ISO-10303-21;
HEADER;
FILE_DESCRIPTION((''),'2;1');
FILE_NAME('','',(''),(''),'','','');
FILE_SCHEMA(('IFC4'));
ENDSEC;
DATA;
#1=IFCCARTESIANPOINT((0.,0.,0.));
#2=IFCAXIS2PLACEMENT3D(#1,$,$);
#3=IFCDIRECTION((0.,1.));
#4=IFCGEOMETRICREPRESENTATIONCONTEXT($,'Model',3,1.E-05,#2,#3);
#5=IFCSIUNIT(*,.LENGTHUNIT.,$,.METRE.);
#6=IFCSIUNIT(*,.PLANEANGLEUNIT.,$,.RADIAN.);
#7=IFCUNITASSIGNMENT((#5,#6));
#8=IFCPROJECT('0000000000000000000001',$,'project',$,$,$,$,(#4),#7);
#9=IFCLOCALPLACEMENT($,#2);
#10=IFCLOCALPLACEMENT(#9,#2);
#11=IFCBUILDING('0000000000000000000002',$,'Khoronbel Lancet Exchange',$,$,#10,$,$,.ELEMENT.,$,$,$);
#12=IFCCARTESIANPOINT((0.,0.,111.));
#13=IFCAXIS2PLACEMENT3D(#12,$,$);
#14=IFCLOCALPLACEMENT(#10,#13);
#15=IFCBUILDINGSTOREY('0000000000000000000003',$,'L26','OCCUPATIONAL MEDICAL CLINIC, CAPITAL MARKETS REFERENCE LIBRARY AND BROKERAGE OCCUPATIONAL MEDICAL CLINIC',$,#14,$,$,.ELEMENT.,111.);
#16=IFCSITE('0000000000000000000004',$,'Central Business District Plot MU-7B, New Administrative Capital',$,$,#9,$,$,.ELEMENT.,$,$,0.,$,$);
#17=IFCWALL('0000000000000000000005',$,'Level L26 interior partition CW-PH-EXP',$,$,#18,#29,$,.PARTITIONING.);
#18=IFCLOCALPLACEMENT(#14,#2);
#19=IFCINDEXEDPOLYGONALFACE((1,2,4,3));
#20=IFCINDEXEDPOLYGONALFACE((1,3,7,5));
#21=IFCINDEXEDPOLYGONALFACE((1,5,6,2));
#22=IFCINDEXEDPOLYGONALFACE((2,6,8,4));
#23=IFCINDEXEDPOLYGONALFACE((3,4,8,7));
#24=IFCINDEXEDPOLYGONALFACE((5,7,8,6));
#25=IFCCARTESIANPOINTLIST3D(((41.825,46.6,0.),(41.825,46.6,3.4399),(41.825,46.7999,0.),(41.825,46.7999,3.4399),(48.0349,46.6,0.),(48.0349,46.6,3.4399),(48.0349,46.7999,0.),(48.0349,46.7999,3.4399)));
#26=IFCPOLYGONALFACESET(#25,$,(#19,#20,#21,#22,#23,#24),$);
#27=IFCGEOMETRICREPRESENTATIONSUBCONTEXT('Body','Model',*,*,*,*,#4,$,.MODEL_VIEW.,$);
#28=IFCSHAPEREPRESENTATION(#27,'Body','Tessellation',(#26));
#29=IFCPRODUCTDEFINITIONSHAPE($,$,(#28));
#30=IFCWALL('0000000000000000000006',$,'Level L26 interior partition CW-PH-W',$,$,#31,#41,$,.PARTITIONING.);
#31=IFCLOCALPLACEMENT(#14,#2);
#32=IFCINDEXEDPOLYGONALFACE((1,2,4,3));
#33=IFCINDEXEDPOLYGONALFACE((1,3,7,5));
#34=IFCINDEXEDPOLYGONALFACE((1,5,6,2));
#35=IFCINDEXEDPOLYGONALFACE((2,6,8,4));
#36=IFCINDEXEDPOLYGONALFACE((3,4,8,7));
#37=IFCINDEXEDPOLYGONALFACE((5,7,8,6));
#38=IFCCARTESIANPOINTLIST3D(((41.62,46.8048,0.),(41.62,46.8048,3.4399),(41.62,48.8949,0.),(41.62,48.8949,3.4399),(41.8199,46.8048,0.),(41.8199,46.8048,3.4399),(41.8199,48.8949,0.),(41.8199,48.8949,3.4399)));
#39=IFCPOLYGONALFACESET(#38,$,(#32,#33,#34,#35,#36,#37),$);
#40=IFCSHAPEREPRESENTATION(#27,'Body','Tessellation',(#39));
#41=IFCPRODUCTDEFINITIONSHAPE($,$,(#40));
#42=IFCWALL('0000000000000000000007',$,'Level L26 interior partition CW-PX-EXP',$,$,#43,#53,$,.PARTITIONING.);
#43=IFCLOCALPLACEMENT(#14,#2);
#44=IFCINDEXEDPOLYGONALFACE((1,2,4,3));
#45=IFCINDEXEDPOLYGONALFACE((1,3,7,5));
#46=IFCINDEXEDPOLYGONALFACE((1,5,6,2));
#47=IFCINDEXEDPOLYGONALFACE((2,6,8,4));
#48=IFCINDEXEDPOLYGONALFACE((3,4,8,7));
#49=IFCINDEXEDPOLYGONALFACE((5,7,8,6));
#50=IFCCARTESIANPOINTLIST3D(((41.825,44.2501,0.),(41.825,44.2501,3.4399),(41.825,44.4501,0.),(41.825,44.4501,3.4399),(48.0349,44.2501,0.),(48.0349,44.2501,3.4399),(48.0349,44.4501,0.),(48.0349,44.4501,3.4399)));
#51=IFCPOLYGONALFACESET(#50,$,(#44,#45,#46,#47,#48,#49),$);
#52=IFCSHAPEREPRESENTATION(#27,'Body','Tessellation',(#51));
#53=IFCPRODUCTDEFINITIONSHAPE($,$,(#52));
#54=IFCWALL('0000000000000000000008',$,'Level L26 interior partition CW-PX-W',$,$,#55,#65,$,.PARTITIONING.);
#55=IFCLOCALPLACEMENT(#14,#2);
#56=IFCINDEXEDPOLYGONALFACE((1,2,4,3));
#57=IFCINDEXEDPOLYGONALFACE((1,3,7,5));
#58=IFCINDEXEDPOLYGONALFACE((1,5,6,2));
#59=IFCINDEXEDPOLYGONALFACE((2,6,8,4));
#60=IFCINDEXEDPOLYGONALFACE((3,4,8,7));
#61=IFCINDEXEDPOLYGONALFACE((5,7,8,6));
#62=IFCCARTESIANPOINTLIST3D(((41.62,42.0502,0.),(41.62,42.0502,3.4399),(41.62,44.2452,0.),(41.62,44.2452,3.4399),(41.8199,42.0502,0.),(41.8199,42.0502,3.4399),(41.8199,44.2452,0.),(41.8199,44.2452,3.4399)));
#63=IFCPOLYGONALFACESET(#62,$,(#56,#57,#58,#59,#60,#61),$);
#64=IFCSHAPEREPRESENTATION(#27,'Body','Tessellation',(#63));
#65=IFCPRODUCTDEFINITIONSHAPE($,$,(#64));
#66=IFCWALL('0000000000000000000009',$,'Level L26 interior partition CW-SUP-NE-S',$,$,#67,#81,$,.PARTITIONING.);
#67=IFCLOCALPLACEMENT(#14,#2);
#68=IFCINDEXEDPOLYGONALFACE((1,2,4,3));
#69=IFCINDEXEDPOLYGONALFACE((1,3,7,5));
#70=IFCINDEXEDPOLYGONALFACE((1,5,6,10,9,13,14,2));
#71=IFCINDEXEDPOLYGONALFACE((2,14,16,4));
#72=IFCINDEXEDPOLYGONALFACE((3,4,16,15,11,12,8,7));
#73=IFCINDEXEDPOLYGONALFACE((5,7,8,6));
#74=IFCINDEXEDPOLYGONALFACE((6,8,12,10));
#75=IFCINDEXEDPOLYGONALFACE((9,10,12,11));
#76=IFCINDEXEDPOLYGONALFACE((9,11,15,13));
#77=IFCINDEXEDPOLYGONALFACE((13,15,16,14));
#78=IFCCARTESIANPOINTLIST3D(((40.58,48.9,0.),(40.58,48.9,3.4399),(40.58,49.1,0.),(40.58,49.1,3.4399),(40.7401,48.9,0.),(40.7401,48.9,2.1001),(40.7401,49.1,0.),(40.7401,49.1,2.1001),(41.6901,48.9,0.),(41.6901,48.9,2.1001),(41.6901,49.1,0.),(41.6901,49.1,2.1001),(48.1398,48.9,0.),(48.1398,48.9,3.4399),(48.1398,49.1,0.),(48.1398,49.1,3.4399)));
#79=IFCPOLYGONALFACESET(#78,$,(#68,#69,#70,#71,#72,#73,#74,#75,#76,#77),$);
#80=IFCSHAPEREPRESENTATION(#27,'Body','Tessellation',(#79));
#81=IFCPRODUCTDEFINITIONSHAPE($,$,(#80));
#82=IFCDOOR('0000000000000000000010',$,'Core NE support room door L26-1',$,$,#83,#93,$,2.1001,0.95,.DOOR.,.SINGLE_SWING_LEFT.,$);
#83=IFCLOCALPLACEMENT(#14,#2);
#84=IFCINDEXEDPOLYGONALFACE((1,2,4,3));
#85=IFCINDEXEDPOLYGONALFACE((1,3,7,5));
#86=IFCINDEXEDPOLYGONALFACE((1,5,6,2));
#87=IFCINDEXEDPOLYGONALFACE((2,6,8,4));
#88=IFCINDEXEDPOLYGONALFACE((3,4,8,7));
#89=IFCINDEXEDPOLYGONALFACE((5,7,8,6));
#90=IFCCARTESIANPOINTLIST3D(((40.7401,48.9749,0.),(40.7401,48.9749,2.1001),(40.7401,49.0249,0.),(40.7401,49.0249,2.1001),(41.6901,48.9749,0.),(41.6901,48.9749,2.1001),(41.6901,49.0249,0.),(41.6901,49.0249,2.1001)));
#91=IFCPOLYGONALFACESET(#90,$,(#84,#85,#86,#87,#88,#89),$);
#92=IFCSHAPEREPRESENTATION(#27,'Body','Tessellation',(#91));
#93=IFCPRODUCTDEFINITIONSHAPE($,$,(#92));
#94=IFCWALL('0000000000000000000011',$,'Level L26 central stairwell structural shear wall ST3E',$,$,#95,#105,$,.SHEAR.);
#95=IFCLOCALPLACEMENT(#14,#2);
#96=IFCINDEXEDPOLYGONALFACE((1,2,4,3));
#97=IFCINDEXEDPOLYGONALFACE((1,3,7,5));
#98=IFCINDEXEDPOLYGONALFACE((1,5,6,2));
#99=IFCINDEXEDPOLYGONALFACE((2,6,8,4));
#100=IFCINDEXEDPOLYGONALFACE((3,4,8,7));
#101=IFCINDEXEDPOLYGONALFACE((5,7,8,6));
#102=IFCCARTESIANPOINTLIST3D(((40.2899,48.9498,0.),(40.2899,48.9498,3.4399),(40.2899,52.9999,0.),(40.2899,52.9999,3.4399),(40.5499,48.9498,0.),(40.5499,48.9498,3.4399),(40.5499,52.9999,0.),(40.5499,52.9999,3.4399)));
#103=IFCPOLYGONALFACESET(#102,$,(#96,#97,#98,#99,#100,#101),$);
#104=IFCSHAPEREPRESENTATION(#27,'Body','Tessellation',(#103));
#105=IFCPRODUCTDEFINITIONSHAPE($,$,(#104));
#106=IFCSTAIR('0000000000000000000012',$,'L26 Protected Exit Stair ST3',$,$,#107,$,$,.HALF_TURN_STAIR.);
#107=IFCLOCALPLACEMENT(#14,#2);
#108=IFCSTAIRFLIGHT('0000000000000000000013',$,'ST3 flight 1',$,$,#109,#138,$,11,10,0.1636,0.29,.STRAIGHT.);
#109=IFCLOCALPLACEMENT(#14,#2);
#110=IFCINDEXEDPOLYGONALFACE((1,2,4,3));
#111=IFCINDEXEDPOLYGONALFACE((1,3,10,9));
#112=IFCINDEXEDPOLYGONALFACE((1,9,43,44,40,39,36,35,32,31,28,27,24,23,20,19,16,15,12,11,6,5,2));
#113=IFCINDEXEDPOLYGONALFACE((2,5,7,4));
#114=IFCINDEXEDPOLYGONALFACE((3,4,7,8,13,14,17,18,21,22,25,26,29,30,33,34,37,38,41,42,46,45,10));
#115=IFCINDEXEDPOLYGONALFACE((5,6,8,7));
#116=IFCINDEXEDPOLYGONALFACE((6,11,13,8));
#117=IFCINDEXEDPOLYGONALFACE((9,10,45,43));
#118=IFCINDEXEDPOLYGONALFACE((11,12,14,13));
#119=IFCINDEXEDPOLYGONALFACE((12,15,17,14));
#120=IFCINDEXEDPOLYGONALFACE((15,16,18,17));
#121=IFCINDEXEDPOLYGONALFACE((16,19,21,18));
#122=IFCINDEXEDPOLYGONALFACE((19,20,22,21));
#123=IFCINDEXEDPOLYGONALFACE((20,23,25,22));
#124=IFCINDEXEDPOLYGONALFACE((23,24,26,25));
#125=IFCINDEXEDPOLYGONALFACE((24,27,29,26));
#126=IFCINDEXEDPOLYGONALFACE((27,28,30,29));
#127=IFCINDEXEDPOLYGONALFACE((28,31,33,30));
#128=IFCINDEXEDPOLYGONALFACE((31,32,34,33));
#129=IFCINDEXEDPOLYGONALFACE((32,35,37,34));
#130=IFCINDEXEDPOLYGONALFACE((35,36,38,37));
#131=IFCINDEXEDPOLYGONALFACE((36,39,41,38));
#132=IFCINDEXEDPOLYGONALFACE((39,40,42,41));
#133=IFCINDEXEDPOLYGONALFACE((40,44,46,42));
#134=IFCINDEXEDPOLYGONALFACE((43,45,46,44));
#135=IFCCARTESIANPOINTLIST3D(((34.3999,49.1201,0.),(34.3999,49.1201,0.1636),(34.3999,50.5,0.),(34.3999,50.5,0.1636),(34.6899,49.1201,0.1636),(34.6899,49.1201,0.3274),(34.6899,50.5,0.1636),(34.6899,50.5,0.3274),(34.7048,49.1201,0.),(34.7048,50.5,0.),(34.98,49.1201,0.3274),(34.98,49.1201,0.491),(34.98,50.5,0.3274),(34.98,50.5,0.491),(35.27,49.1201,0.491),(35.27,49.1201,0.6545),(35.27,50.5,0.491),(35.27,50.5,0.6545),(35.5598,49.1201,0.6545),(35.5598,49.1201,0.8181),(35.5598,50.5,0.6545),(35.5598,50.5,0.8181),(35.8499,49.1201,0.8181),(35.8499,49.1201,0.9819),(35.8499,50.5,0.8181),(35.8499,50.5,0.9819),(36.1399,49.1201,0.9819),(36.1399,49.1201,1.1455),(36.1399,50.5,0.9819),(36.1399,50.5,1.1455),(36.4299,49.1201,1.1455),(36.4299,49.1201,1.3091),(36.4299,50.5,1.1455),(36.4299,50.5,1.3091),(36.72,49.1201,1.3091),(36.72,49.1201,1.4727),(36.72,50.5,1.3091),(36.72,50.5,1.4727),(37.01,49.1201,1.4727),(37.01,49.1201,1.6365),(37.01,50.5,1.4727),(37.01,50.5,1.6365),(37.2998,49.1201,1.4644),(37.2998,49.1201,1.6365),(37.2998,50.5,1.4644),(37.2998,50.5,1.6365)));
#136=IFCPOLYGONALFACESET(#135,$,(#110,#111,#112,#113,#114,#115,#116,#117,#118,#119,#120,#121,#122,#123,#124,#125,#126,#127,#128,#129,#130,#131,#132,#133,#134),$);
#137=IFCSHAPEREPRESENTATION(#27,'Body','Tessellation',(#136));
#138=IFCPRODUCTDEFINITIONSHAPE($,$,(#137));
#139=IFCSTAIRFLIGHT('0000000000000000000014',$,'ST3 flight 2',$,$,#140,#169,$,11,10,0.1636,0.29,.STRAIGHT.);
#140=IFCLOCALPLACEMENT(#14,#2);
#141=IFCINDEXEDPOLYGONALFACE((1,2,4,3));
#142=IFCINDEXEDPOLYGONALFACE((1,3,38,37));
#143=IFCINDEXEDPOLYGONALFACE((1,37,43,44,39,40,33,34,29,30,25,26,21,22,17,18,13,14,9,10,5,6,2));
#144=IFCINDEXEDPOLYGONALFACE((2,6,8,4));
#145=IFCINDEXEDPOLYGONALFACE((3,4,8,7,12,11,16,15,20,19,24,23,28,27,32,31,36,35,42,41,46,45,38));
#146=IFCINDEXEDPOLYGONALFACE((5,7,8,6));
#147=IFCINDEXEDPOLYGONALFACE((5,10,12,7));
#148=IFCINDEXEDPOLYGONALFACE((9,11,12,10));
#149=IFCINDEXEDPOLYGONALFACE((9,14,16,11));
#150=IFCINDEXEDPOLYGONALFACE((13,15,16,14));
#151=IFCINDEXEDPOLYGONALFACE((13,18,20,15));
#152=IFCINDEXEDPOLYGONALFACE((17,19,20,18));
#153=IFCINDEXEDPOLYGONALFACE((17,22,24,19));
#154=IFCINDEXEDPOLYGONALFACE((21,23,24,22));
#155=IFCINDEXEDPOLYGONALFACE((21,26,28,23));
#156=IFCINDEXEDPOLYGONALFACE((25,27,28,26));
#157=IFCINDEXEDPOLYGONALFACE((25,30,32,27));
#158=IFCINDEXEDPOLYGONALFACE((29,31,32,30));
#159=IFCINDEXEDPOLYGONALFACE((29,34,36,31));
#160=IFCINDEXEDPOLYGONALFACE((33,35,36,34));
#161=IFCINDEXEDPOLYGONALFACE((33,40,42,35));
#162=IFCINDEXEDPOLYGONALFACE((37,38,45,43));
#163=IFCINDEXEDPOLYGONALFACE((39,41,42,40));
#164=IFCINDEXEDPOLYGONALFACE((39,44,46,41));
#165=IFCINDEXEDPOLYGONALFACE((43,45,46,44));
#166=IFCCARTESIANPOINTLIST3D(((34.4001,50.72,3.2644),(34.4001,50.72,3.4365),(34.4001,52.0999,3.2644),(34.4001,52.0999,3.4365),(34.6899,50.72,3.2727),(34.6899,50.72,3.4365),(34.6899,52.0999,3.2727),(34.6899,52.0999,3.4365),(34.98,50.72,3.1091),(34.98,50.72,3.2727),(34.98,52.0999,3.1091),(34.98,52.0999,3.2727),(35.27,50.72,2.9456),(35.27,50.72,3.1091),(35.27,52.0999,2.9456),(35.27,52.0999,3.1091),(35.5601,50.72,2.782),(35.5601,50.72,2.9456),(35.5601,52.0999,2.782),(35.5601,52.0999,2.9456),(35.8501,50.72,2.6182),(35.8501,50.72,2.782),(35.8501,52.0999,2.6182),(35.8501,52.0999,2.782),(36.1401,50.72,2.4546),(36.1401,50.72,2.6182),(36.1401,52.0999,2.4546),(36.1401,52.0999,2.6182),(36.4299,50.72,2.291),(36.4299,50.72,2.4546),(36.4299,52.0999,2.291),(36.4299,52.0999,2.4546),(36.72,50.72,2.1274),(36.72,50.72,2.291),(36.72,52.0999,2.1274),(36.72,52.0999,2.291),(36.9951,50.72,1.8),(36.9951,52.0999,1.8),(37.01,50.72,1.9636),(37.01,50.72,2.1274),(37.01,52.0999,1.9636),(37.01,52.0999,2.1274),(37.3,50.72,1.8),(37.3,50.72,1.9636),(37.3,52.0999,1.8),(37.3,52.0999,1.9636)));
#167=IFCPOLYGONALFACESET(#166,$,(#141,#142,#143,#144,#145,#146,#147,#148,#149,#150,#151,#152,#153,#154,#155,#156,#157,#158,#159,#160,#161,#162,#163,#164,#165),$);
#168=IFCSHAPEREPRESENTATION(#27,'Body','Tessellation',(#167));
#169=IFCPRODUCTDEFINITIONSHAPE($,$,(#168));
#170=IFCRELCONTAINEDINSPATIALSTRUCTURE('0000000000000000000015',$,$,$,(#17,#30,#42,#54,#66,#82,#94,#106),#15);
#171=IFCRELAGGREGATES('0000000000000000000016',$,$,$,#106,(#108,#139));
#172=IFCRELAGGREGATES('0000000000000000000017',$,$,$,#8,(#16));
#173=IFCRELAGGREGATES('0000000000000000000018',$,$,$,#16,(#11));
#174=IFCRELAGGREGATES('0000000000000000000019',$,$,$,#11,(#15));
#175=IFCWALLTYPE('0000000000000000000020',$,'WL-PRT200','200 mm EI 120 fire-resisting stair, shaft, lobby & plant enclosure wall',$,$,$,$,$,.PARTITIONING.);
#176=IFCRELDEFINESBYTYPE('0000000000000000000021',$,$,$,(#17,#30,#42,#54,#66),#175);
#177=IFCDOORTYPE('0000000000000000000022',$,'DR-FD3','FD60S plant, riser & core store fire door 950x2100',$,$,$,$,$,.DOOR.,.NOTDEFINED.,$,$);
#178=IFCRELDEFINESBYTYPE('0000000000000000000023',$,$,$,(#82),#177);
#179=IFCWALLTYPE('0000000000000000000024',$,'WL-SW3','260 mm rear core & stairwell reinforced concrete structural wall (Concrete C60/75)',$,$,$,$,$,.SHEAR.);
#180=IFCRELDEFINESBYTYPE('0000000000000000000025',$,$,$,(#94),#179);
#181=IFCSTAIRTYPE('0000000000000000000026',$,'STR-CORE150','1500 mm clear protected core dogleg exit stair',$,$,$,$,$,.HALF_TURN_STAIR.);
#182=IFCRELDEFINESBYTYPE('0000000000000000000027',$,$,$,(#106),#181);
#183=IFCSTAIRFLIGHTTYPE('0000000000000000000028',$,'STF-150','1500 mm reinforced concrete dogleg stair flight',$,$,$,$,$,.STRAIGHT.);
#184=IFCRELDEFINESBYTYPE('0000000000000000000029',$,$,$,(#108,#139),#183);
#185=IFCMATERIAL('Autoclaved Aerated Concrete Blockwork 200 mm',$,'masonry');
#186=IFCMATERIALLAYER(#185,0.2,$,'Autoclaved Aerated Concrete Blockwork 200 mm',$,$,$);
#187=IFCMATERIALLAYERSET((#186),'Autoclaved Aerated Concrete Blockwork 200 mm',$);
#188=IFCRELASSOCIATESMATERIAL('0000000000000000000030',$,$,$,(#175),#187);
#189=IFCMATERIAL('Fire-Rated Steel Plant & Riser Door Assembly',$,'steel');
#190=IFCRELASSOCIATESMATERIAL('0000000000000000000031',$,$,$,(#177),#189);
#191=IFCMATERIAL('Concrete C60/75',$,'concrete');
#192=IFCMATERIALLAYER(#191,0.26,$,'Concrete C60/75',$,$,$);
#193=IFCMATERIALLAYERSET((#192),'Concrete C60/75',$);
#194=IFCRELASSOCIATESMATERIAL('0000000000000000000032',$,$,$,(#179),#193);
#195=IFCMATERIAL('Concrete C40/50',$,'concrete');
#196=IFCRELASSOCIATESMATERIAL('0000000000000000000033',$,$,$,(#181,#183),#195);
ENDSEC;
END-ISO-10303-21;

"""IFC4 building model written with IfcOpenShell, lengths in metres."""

from ifc_helpers import new_model, si_unit, direction, frame, frame_2d, origin, place, context, subcontext, project, spatial, polyline, rectangle, outline, extrude, material, layer, layer_set, type_object, element, fill, aggregate, save


model = new_model("IFC4")

# Units and contexts
model_context = context("Model", 3, precision=1e-05, world=origin(), true_north=direction((0.0, 1.0)))
body_context = subcontext(model_context, "Body", "Model", "MODEL_VIEW")
ifc_project = project(units=[si_unit("LENGTHUNIT", "METRE"), si_unit("PLANEANGLEUNIT", "RADIAN")], contexts=[model_context])

# Site, building, storey
site_placement = place(None, origin())
site = spatial("IfcSite", under=ifc_project, at=site_placement, Name="Central Business District Plot MU-7B, New Administrative Capital", CompositionType="ELEMENT", RefElevation=0.0)
building_placement = place(site_placement, origin())
building = spatial("IfcBuilding", under=site, at=building_placement, Name="Khoronbel Lancet Exchange", CompositionType="ELEMENT")
storey_placement = place(building_placement, frame((0.0, 0.0, 111.0)))
storey = spatial("IfcBuildingStorey", under=building, at=storey_placement, Name="L26", Description="OCCUPATIONAL MEDICAL CLINIC, CAPITAL MARKETS REFERENCE LIBRARY AND BROKERAGE OCCUPATIONAL MEDICAL CLINIC", CompositionType="ELEMENT", Elevation=111.0)

# Walls
ifc_material_1 = material(Name="Autoclaved Aerated Concrete Blockwork 200 mm", Category="masonry")
ifc_layer_1 = layer(ifc_material_1, 0.2, Name="Autoclaved Aerated Concrete Blockwork 200 mm")
ifc_layer_set_1 = layer_set([ifc_layer_1], Name="Autoclaved Aerated Concrete Blockwork 200 mm")
wall_type_1 = type_object("IfcWallType", Name="WL-PRT200", Description="200 mm EI 120 fire-resisting stair, shaft, lobby & plant enclosure wall", PredefinedType="PARTITIONING", material=ifc_layer_set_1)
wall_1_placement = place(storey_placement, frame((41.825, 46.7, 0.0), z_axis=(0.0, 0.0, 1.0), x_axis=(1.0, 0.0, 0.0)))
element("IfcWall", 1, at=wall_1_placement, inside=storey, type_object=wall_type_1, Name="Level L26 interior partition CW-PH-EXP", PredefinedType="PARTITIONING", context=body_context, shape_type="SweptSolid", body=[
    extrude(rectangle(XDim=6.21, YDim=0.2, at=frame_2d((3.105, 0.0))), origin(), (0.0, 0.0, 1.0), 3.4399),
])
wall_2_placement = place(storey_placement, frame((41.72, 46.8049, 0.0), z_axis=(0.0, 0.0, 1.0), x_axis=(0.0, 1.0, 0.0)))
element("IfcWall", 2, at=wall_2_placement, inside=storey, type_object=wall_type_1, Name="Level L26 interior partition CW-PH-W", PredefinedType="PARTITIONING", context=body_context, shape_type="SweptSolid", body=[
    extrude(rectangle(XDim=2.0901, YDim=0.2, at=frame_2d((1.0449, 0.0))), origin(), (0.0, 0.0, 1.0), 3.4399),
])
wall_3_placement = place(storey_placement, frame((41.825, 44.3501, 0.0), z_axis=(0.0, 0.0, 1.0), x_axis=(1.0, 0.0, 0.0)))
element("IfcWall", 3, at=wall_3_placement, inside=storey, type_object=wall_type_1, Name="Level L26 interior partition CW-PX-EXP", PredefinedType="PARTITIONING", context=body_context, shape_type="SweptSolid", body=[
    extrude(rectangle(XDim=6.21, YDim=0.2, at=frame_2d((3.105, 0.0))), origin(), (0.0, 0.0, 1.0), 3.4399),
])
wall_4_placement = place(storey_placement, frame((41.72, 42.05, 0.0), z_axis=(0.0, 0.0, 1.0), x_axis=(0.0, 1.0, 0.0)))
element("IfcWall", 4, at=wall_4_placement, inside=storey, type_object=wall_type_1, Name="Level L26 interior partition CW-PX-W", PredefinedType="PARTITIONING", context=body_context, shape_type="SweptSolid", body=[
    extrude(rectangle(XDim=2.1951, YDim=0.2, at=frame_2d((1.0977, 0.0))), origin(), (0.0, 0.0, 1.0), 3.4399),
])

# Wall, opening, door
wall_5_placement = place(storey_placement, frame((40.5801, 49.0, 0.0), z_axis=(0.0, 0.0, 1.0), x_axis=(1.0, 0.0, 0.0)))
wall_5 = element("IfcWall", 5, at=wall_5_placement, inside=storey, type_object=wall_type_1, Name="Level L26 interior partition CW-SUP-NE-S", PredefinedType="PARTITIONING", context=body_context, shape_type="SweptSolid", body=[
    extrude(rectangle(XDim=7.5598, YDim=0.2, at=frame_2d((3.7798, 0.0))), origin(), (0.0, 0.0, 1.0), 3.4399),
])
opening_1_placement = place(wall_5_placement, frame((0.1599, 0.0, 0.0)))
opening_1 = element("IfcOpeningElement", 6, at=opening_1_placement, cuts=wall_5, PredefinedType="OPENING", context=body_context, shape_type="SweptSolid", body=[
    extrude(rectangle(XDim=0.95, YDim=2.1001, at=frame_2d((0.4751, 1.05))), frame((0.0, 0.1099, 0.0), z_axis=(0.0, -1.0, 0.0), x_axis=(1.0, 0.0, 0.0)), (0.0, 0.0, 1.0), 0.22),
])
ifc_material_2 = material(Name="Fire-Rated Steel Plant & Riser Door Assembly", Category="steel")
door_type_1 = type_object("IfcDoorType", Name="DR-FD3", Description="FD60S plant, riser & core store fire door 950x2100", OperationType="NOTDEFINED", PredefinedType="DOOR", material=ifc_material_2)
door_1_placement = place(opening_1_placement, origin())
door_1 = element("IfcDoor", 7, at=door_1_placement, inside=storey, type_object=door_type_1, Name="Core NE support room door L26-1", OperationType="SINGLE_SWING_LEFT", OverallHeight=2.1001, OverallWidth=0.95, PredefinedType="DOOR", context=body_context, shape_type="SweptSolid", body=[
    extrude(rectangle(XDim=0.95, YDim=2.1001, at=frame_2d((0.4751, 1.05))), frame((0.0, 0.0249, 0.0), z_axis=(0.0, -1.0, 0.0), x_axis=(1.0, 0.0, 0.0)), (0.0, 0.0, 1.0), 0.05),
])
fill(opening_1, door_1)

# Wall
ifc_material_3 = material(Name="Concrete C60/75", Category="concrete")
ifc_layer_2 = layer(ifc_material_3, 0.26, Name="Concrete C60/75")
ifc_layer_set_2 = layer_set([ifc_layer_2], Name="Concrete C60/75")
wall_type_2 = type_object("IfcWallType", Name="WL-SW3", Description="260 mm rear core & stairwell reinforced concrete structural wall (Concrete C60/75)", PredefinedType="SHEAR", material=ifc_layer_set_2)
wall_6_placement = place(storey_placement, frame((40.4199, 48.95, 0.0), z_axis=(0.0, 0.0, 1.0), x_axis=(0.0, 1.0, 0.0)))
element("IfcWall", 8, at=wall_6_placement, inside=storey, type_object=wall_type_2, Name="Level L26 central stairwell structural shear wall ST3E", PredefinedType="SHEAR", context=body_context, shape_type="SweptSolid", body=[
    extrude(rectangle(XDim=4.05, YDim=0.26, at=frame_2d((2.0249, 0.0))), origin(), (0.0, 0.0, 1.0), 3.4399),
])

# Stair, stair flights
ifc_material_4 = material(Name="Concrete C40/50", Category="concrete")
stair_type = type_object("IfcStairType", Name="STR-CORE150", Description="1500 mm clear protected core dogleg exit stair", PredefinedType="HALF_TURN_STAIR", material=ifc_material_4)
stair_placement = place(storey_placement, origin())
stair = element("IfcStair", 9, at=stair_placement, inside=storey, type_object=stair_type, Name="L26 Protected Exit Stair ST3", PredefinedType="HALF_TURN_STAIR")
stair_flight_type = type_object("IfcStairFlightType", Name="STF-150", Description="1500 mm reinforced concrete dogleg stair flight", PredefinedType="STRAIGHT", material=ifc_material_4)
stair_flight_1_placement = place(storey_placement, frame((34.3999, 49.8101, 0.0), z_axis=(0.0, 0.0, 1.0), x_axis=(1.0, 0.0, 0.0)))
stair_flight_1 = element("IfcStairFlight", 10, at=stair_flight_1_placement, type_object=stair_flight_type, Name="ST3 flight 1", NumberOfRisers=11, NumberOfTreads=10, PredefinedType="STRAIGHT", RiserHeight=0.1636, TreadLength=0.29, context=body_context, shape_type="SweptSolid", body=[
    extrude(outline(polyline([(0.0, 0.0), (0.0, 0.1636), (0.29, 0.1636), (0.29, 0.3274), (0.5801, 0.3274), (0.5801, 0.491), (0.8701, 0.491), (0.8701, 0.6545), (1.1599, 0.6545), (1.1599, 0.8181), (1.45, 0.8181), (1.45, 0.9819), (1.74, 0.9819), (1.74, 1.1455), (2.03, 1.1455), (2.03, 1.3091), (2.3201, 1.3091), (2.3201, 1.4727), (2.6101, 1.4727), (2.6101, 1.6365), (2.8999, 1.6365), (2.8999, 1.8), (2.8999, 1.4644), (0.3049, 0.0), (0.0, 0.0)])), frame((0.0, 0.6899, 0.0), z_axis=(0.0, -1.0, 0.0), x_axis=(1.0, 0.0, 0.0)), (0.0, 0.0, 1.0), 1.3799),
])
stair_flight_2_placement = place(storey_placement, frame((37.3, 51.4099, 1.8), z_axis=(0.0, 0.0, 1.0), x_axis=(-1.0, 0.0, 0.0)))
stair_flight_2 = element("IfcStairFlight", 11, at=stair_flight_2_placement, type_object=stair_flight_type, Name="ST3 flight 2", NumberOfRisers=11, NumberOfTreads=10, PredefinedType="STRAIGHT", RiserHeight=0.1636, TreadLength=0.29, context=body_context, shape_type="SweptSolid", body=[
    extrude(outline(polyline([(0.0, 0.0), (0.0, 0.1636), (0.29, 0.1636), (0.29, 0.3274), (0.5801, 0.3274), (0.5801, 0.491), (0.8701, 0.491), (0.8701, 0.6545), (1.1599, 0.6545), (1.1599, 0.8181), (1.45, 0.8181), (1.45, 0.9819), (1.74, 0.9819), (1.74, 1.1455), (2.03, 1.1455), (2.03, 1.3091), (2.3201, 1.3091), (2.3201, 1.4727), (2.6101, 1.4727), (2.6101, 1.6365), (2.8999, 1.6365), (2.8999, 1.8), (2.8999, 1.4644), (0.3049, 0.0), (0.0, 0.0)])), frame((0.0, 0.6899, 0.0), z_axis=(0.0, -1.0, 0.0), x_axis=(1.0, 0.0, 0.0)), (0.0, 0.0, 1.0), 1.3799),
])
aggregate(stair, [stair_flight_1, stair_flight_2])

save(model, "model.ifc")
